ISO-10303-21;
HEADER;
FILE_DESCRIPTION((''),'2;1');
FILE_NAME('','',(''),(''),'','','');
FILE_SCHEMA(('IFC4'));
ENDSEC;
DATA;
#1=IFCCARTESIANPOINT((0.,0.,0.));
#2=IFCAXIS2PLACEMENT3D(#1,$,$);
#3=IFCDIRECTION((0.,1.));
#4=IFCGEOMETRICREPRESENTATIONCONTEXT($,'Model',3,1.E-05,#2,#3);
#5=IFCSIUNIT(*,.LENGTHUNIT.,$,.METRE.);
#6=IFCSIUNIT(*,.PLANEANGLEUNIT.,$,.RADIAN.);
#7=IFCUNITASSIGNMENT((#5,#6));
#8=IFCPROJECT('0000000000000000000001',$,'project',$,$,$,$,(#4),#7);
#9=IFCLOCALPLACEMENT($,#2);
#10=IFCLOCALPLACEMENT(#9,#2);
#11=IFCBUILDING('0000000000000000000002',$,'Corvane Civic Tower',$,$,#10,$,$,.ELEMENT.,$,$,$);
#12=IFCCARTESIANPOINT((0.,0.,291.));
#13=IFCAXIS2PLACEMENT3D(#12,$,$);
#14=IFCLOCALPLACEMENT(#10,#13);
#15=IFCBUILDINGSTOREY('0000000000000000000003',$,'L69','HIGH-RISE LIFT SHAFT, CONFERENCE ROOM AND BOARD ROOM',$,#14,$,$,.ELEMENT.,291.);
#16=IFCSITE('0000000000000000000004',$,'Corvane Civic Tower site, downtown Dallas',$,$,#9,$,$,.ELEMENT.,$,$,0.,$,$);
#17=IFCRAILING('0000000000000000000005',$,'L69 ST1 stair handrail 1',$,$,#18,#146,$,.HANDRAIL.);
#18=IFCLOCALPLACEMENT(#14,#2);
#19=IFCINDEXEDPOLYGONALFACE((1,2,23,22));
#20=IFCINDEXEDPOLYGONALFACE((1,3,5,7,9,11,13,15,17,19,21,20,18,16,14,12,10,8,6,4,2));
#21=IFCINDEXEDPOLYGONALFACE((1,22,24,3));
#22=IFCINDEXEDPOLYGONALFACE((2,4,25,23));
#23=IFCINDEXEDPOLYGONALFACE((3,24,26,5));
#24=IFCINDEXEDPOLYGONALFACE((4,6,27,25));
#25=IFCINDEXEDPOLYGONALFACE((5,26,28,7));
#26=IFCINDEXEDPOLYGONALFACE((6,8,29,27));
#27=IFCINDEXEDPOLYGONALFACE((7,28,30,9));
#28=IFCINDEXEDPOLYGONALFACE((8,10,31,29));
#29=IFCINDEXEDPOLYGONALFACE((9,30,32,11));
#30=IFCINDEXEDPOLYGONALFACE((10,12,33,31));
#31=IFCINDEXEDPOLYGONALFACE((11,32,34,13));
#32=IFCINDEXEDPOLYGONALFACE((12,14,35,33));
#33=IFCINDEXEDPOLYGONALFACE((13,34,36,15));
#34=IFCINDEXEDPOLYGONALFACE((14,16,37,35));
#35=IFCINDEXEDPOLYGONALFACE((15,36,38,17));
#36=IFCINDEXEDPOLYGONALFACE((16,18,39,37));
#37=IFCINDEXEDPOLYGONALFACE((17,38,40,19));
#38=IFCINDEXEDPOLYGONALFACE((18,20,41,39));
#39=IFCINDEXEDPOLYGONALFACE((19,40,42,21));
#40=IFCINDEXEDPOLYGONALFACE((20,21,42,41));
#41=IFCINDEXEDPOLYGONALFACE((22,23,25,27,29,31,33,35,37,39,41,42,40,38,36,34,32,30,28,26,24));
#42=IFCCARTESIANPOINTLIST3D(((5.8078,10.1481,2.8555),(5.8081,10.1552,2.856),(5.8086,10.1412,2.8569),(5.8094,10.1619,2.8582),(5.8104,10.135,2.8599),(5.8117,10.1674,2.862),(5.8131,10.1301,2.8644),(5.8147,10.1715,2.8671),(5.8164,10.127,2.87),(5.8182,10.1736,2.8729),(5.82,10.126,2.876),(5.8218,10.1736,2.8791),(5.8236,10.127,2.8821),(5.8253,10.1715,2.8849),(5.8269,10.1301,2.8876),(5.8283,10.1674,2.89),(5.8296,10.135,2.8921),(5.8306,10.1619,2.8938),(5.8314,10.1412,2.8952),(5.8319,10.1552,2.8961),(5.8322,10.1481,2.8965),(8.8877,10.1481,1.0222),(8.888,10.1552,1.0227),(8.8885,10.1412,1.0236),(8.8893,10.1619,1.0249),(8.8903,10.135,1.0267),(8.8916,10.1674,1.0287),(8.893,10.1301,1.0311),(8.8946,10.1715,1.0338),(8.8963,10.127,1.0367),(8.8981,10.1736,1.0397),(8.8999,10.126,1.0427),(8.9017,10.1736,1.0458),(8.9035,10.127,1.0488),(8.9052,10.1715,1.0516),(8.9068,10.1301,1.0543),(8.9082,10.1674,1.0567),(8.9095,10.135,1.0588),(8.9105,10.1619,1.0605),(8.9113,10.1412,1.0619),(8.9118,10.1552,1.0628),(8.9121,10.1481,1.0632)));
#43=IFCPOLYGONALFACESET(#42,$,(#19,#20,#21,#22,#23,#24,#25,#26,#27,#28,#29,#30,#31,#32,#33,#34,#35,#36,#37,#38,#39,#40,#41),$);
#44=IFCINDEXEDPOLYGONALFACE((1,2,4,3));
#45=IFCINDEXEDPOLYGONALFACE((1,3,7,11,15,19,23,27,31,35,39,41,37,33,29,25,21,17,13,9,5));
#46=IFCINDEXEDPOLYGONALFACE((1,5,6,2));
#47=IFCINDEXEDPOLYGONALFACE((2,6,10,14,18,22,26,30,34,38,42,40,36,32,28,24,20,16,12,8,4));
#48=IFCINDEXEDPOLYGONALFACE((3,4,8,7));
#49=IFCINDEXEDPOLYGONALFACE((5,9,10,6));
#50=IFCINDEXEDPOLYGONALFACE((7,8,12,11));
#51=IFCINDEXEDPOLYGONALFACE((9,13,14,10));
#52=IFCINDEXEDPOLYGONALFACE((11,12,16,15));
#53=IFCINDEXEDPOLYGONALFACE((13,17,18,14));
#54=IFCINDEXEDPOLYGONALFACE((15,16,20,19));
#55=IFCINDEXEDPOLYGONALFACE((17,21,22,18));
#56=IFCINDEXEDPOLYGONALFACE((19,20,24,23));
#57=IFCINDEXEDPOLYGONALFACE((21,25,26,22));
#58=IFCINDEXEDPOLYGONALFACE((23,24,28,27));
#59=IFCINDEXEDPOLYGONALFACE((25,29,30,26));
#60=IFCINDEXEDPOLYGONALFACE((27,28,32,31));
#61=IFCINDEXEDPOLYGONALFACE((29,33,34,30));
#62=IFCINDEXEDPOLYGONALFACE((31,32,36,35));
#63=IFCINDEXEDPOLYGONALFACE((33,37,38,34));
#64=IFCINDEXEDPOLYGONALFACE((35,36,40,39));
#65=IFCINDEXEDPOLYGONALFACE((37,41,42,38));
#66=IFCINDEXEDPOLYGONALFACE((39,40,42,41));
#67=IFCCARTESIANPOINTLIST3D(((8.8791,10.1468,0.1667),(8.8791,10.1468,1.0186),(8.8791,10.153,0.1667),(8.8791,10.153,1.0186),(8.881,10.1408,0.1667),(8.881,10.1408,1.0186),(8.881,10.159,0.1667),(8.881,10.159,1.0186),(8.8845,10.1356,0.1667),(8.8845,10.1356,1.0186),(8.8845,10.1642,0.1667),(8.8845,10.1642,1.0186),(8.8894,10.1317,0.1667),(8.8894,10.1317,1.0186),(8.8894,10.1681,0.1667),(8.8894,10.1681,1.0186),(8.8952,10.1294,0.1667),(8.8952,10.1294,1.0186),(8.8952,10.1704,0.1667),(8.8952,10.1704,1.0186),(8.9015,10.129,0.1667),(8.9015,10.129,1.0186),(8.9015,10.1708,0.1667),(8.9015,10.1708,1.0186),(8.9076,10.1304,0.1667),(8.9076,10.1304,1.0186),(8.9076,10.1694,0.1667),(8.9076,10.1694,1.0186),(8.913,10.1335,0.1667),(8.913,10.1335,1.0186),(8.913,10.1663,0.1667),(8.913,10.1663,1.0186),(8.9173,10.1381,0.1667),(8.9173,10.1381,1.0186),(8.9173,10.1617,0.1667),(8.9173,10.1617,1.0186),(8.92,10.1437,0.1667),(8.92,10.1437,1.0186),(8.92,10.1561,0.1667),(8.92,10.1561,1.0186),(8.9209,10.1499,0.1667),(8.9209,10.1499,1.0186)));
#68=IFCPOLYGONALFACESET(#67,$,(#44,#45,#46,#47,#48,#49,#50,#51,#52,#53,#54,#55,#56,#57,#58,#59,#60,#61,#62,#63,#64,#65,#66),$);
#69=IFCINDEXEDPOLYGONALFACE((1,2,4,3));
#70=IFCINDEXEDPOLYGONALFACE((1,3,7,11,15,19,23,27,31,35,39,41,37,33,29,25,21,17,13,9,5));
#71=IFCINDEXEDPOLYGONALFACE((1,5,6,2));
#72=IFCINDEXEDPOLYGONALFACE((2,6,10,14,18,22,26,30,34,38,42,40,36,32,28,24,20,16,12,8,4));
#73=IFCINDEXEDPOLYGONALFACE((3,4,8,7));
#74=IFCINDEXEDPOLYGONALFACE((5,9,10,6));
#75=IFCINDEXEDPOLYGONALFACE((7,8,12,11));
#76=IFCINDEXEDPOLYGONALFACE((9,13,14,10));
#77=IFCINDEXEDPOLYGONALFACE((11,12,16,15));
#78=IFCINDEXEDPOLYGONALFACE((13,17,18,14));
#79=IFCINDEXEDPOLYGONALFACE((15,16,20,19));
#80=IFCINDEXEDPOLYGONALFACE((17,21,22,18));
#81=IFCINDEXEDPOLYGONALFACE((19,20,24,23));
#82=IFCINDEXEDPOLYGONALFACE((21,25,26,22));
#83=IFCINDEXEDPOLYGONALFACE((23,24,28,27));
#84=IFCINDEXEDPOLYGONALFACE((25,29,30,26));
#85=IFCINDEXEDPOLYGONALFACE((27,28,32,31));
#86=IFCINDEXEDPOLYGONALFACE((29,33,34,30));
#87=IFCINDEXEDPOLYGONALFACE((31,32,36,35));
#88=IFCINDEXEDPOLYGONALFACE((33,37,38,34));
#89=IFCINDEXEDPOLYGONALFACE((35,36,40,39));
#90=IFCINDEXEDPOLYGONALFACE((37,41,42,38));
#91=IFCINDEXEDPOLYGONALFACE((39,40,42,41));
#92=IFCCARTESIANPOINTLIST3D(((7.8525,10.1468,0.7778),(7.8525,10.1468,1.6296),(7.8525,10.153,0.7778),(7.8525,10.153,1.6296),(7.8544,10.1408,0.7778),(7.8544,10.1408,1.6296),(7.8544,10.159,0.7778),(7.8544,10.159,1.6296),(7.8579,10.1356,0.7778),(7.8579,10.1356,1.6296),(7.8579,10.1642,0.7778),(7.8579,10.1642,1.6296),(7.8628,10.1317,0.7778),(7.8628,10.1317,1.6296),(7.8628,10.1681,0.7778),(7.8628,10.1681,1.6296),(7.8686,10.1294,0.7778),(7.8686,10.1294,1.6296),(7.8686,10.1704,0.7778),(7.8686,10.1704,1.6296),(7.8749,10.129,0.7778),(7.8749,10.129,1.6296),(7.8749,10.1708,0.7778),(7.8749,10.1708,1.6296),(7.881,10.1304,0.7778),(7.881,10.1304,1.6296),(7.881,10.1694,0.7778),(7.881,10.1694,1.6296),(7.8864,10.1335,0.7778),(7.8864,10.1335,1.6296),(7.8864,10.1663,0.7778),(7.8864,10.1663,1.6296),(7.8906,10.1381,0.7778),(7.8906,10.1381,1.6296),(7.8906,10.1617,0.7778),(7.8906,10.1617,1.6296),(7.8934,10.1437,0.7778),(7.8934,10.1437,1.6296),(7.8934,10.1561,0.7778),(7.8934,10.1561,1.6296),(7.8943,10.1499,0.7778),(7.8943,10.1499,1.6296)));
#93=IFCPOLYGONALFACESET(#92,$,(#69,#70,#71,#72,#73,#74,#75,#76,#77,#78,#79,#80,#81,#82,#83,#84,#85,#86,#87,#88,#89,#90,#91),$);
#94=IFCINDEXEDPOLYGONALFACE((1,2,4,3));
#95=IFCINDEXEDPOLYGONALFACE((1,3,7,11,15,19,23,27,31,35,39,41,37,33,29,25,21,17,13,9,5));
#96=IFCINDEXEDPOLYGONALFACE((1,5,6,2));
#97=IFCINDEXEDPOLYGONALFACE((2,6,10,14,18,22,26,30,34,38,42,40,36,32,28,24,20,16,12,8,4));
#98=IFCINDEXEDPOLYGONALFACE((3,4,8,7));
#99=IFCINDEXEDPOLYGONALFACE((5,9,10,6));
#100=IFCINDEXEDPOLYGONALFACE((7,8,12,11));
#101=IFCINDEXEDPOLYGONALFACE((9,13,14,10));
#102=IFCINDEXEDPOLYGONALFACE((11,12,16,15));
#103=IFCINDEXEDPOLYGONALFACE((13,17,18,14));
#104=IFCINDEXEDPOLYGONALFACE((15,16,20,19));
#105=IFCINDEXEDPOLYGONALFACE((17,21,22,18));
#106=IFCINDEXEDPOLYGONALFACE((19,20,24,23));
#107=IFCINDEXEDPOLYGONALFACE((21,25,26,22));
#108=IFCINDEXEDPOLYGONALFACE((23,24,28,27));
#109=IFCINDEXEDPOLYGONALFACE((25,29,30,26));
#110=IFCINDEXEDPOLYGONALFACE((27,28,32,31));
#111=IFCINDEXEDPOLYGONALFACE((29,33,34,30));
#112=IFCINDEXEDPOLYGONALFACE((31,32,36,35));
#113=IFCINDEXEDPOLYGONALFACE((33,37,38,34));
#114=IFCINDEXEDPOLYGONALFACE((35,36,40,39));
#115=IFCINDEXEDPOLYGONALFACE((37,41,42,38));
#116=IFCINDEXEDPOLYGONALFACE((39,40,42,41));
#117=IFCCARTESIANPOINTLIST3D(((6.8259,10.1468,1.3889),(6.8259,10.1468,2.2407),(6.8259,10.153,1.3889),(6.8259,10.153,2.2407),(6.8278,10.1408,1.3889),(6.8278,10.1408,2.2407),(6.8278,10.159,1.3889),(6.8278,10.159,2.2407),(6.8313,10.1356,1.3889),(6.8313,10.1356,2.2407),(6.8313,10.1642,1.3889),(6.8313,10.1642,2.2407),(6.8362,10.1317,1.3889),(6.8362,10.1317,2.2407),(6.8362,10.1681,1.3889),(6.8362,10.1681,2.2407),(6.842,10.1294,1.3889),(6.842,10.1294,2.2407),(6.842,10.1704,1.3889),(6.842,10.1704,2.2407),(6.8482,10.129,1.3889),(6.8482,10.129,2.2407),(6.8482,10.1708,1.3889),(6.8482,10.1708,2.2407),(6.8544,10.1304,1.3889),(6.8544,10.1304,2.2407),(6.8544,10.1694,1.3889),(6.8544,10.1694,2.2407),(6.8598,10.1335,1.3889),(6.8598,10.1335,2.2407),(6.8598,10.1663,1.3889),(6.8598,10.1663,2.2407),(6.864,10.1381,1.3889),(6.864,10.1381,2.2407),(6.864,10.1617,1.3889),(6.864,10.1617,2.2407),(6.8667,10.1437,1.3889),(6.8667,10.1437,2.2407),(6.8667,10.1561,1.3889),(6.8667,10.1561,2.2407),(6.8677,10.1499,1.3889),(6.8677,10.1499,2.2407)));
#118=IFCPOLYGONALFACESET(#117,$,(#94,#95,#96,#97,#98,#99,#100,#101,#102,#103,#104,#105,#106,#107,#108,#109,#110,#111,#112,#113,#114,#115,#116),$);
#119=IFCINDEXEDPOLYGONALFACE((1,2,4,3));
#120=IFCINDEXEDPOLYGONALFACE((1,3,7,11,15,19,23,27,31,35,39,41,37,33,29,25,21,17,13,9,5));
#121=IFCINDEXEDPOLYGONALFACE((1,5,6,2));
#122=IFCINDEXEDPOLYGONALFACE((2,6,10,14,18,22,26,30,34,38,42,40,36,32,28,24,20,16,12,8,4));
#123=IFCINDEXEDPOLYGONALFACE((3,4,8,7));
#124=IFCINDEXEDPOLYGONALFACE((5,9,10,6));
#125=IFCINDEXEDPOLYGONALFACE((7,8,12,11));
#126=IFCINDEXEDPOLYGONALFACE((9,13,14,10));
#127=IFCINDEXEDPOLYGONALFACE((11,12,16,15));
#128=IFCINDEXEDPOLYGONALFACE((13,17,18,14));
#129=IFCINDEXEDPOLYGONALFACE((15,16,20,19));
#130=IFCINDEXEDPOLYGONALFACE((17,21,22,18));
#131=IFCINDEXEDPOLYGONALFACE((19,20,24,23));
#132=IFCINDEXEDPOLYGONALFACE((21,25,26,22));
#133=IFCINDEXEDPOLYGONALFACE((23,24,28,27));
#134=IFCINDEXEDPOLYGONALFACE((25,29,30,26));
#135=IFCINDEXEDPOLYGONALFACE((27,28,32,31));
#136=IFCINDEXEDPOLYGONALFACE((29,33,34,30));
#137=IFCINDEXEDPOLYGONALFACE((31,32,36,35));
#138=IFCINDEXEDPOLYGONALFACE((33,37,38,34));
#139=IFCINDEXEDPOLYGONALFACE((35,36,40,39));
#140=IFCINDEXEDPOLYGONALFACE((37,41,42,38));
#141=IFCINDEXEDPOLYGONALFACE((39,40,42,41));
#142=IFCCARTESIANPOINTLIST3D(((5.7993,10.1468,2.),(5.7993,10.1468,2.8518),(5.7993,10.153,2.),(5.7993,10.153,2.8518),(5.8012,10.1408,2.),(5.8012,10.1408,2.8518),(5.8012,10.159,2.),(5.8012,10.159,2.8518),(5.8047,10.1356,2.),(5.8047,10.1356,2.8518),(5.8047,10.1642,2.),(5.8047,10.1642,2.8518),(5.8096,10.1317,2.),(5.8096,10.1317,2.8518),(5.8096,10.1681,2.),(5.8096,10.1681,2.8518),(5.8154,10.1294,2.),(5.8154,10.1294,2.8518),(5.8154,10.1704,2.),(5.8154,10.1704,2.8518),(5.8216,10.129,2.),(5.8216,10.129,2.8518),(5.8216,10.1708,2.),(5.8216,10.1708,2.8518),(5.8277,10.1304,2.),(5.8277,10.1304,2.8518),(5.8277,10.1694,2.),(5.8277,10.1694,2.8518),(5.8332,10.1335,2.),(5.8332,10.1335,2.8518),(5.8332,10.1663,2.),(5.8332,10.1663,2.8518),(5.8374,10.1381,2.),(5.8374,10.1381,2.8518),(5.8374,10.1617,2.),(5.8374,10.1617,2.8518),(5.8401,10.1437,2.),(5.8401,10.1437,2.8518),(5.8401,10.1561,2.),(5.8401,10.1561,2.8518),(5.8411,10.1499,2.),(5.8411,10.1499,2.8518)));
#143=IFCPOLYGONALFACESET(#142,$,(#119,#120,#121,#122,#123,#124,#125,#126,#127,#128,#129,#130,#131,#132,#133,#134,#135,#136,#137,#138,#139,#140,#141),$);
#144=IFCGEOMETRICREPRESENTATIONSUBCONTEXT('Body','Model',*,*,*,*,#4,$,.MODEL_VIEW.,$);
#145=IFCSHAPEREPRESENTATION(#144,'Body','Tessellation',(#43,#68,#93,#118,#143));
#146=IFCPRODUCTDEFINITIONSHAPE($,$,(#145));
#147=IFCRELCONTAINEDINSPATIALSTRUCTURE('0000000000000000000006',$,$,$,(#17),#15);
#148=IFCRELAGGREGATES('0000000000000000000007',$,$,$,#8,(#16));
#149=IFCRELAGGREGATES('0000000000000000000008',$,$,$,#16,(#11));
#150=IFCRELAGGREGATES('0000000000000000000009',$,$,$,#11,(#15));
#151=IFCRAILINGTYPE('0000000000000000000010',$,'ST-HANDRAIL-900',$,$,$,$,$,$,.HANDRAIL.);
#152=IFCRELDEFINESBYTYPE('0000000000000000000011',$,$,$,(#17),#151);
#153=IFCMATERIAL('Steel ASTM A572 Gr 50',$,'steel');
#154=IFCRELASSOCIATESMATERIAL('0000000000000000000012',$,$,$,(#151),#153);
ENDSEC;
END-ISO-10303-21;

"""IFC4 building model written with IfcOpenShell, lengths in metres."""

from ifc_helpers import new_model, si_unit, direction, frame, origin, origin_2d, place, context, subcontext, project, spatial, circle, extrude, material, type_object, element, save


model = new_model("IFC4")

# Units and contexts
model_context = context("Model", 3, precision=1e-05, world=origin(), true_north=direction((0.0, 1.0)))
body_context = subcontext(model_context, "Body", "Model", "MODEL_VIEW")
ifc_project = project(units=[si_unit("LENGTHUNIT", "METRE"), si_unit("PLANEANGLEUNIT", "RADIAN")], contexts=[model_context])

# Site, building, storey
site_placement = place(None, origin())
site = spatial("IfcSite", under=ifc_project, at=site_placement, Name="Corvane Civic Tower site, downtown Dallas", CompositionType="ELEMENT", RefElevation=0.0)
building_placement = place(site_placement, origin())
building = spatial("IfcBuilding", under=site, at=building_placement, Name="Corvane Civic Tower", CompositionType="ELEMENT")
storey_placement = place(building_placement, frame((0.0, 0.0, 291.0)))
storey = spatial("IfcBuildingStorey", under=building, at=storey_placement, Name="L69", Description="HIGH-RISE LIFT SHAFT, CONFERENCE ROOM AND BOARD ROOM", CompositionType="ELEMENT", Elevation=291.0)

# Railing
ifc_material_1 = material(Name="Steel ASTM A572 Gr 50", Category="steel")
railing_type = type_object("IfcRailingType", Name="ST-HANDRAIL-900", PredefinedType="HANDRAIL", material=ifc_material_1)
railing_placement = place(storey_placement, frame((8.8999, 10.1499, 0.1667)))
element("IfcRailing", 1, at=railing_placement, inside=storey, type_object=railing_type, Name="L69 ST1 stair handrail 1", PredefinedType="HANDRAIL", context=body_context, shape_type="SweptSolid", body=[
    extrude(circle(Radius=0.0239, at=origin_2d()), frame((0.0, 0.0, 0.876), z_axis=(-0.859291, 0.0, 0.511487), x_axis=(0.0, -1.0, 0.0)), (0.0, 0.0, 1.0), 3.5842),
    extrude(circle(Radius=0.021, at=origin_2d()), origin(), (0.0, 0.0, 1.0), 0.8518),
    extrude(circle(Radius=0.021, at=origin_2d()), frame((-1.0266, 0.0, 0.6111)), (0.0, 0.0, 1.0), 0.8518),
    extrude(circle(Radius=0.021, at=origin_2d()), frame((-2.0532, 0.0, 1.2222)), (0.0, 0.0, 1.0), 0.8518),
    extrude(circle(Radius=0.021, at=origin_2d()), frame((-3.0798, 0.0, 1.8333)), (0.0, 0.0, 1.0), 0.8518),
])

save(model, "model.ifc")
